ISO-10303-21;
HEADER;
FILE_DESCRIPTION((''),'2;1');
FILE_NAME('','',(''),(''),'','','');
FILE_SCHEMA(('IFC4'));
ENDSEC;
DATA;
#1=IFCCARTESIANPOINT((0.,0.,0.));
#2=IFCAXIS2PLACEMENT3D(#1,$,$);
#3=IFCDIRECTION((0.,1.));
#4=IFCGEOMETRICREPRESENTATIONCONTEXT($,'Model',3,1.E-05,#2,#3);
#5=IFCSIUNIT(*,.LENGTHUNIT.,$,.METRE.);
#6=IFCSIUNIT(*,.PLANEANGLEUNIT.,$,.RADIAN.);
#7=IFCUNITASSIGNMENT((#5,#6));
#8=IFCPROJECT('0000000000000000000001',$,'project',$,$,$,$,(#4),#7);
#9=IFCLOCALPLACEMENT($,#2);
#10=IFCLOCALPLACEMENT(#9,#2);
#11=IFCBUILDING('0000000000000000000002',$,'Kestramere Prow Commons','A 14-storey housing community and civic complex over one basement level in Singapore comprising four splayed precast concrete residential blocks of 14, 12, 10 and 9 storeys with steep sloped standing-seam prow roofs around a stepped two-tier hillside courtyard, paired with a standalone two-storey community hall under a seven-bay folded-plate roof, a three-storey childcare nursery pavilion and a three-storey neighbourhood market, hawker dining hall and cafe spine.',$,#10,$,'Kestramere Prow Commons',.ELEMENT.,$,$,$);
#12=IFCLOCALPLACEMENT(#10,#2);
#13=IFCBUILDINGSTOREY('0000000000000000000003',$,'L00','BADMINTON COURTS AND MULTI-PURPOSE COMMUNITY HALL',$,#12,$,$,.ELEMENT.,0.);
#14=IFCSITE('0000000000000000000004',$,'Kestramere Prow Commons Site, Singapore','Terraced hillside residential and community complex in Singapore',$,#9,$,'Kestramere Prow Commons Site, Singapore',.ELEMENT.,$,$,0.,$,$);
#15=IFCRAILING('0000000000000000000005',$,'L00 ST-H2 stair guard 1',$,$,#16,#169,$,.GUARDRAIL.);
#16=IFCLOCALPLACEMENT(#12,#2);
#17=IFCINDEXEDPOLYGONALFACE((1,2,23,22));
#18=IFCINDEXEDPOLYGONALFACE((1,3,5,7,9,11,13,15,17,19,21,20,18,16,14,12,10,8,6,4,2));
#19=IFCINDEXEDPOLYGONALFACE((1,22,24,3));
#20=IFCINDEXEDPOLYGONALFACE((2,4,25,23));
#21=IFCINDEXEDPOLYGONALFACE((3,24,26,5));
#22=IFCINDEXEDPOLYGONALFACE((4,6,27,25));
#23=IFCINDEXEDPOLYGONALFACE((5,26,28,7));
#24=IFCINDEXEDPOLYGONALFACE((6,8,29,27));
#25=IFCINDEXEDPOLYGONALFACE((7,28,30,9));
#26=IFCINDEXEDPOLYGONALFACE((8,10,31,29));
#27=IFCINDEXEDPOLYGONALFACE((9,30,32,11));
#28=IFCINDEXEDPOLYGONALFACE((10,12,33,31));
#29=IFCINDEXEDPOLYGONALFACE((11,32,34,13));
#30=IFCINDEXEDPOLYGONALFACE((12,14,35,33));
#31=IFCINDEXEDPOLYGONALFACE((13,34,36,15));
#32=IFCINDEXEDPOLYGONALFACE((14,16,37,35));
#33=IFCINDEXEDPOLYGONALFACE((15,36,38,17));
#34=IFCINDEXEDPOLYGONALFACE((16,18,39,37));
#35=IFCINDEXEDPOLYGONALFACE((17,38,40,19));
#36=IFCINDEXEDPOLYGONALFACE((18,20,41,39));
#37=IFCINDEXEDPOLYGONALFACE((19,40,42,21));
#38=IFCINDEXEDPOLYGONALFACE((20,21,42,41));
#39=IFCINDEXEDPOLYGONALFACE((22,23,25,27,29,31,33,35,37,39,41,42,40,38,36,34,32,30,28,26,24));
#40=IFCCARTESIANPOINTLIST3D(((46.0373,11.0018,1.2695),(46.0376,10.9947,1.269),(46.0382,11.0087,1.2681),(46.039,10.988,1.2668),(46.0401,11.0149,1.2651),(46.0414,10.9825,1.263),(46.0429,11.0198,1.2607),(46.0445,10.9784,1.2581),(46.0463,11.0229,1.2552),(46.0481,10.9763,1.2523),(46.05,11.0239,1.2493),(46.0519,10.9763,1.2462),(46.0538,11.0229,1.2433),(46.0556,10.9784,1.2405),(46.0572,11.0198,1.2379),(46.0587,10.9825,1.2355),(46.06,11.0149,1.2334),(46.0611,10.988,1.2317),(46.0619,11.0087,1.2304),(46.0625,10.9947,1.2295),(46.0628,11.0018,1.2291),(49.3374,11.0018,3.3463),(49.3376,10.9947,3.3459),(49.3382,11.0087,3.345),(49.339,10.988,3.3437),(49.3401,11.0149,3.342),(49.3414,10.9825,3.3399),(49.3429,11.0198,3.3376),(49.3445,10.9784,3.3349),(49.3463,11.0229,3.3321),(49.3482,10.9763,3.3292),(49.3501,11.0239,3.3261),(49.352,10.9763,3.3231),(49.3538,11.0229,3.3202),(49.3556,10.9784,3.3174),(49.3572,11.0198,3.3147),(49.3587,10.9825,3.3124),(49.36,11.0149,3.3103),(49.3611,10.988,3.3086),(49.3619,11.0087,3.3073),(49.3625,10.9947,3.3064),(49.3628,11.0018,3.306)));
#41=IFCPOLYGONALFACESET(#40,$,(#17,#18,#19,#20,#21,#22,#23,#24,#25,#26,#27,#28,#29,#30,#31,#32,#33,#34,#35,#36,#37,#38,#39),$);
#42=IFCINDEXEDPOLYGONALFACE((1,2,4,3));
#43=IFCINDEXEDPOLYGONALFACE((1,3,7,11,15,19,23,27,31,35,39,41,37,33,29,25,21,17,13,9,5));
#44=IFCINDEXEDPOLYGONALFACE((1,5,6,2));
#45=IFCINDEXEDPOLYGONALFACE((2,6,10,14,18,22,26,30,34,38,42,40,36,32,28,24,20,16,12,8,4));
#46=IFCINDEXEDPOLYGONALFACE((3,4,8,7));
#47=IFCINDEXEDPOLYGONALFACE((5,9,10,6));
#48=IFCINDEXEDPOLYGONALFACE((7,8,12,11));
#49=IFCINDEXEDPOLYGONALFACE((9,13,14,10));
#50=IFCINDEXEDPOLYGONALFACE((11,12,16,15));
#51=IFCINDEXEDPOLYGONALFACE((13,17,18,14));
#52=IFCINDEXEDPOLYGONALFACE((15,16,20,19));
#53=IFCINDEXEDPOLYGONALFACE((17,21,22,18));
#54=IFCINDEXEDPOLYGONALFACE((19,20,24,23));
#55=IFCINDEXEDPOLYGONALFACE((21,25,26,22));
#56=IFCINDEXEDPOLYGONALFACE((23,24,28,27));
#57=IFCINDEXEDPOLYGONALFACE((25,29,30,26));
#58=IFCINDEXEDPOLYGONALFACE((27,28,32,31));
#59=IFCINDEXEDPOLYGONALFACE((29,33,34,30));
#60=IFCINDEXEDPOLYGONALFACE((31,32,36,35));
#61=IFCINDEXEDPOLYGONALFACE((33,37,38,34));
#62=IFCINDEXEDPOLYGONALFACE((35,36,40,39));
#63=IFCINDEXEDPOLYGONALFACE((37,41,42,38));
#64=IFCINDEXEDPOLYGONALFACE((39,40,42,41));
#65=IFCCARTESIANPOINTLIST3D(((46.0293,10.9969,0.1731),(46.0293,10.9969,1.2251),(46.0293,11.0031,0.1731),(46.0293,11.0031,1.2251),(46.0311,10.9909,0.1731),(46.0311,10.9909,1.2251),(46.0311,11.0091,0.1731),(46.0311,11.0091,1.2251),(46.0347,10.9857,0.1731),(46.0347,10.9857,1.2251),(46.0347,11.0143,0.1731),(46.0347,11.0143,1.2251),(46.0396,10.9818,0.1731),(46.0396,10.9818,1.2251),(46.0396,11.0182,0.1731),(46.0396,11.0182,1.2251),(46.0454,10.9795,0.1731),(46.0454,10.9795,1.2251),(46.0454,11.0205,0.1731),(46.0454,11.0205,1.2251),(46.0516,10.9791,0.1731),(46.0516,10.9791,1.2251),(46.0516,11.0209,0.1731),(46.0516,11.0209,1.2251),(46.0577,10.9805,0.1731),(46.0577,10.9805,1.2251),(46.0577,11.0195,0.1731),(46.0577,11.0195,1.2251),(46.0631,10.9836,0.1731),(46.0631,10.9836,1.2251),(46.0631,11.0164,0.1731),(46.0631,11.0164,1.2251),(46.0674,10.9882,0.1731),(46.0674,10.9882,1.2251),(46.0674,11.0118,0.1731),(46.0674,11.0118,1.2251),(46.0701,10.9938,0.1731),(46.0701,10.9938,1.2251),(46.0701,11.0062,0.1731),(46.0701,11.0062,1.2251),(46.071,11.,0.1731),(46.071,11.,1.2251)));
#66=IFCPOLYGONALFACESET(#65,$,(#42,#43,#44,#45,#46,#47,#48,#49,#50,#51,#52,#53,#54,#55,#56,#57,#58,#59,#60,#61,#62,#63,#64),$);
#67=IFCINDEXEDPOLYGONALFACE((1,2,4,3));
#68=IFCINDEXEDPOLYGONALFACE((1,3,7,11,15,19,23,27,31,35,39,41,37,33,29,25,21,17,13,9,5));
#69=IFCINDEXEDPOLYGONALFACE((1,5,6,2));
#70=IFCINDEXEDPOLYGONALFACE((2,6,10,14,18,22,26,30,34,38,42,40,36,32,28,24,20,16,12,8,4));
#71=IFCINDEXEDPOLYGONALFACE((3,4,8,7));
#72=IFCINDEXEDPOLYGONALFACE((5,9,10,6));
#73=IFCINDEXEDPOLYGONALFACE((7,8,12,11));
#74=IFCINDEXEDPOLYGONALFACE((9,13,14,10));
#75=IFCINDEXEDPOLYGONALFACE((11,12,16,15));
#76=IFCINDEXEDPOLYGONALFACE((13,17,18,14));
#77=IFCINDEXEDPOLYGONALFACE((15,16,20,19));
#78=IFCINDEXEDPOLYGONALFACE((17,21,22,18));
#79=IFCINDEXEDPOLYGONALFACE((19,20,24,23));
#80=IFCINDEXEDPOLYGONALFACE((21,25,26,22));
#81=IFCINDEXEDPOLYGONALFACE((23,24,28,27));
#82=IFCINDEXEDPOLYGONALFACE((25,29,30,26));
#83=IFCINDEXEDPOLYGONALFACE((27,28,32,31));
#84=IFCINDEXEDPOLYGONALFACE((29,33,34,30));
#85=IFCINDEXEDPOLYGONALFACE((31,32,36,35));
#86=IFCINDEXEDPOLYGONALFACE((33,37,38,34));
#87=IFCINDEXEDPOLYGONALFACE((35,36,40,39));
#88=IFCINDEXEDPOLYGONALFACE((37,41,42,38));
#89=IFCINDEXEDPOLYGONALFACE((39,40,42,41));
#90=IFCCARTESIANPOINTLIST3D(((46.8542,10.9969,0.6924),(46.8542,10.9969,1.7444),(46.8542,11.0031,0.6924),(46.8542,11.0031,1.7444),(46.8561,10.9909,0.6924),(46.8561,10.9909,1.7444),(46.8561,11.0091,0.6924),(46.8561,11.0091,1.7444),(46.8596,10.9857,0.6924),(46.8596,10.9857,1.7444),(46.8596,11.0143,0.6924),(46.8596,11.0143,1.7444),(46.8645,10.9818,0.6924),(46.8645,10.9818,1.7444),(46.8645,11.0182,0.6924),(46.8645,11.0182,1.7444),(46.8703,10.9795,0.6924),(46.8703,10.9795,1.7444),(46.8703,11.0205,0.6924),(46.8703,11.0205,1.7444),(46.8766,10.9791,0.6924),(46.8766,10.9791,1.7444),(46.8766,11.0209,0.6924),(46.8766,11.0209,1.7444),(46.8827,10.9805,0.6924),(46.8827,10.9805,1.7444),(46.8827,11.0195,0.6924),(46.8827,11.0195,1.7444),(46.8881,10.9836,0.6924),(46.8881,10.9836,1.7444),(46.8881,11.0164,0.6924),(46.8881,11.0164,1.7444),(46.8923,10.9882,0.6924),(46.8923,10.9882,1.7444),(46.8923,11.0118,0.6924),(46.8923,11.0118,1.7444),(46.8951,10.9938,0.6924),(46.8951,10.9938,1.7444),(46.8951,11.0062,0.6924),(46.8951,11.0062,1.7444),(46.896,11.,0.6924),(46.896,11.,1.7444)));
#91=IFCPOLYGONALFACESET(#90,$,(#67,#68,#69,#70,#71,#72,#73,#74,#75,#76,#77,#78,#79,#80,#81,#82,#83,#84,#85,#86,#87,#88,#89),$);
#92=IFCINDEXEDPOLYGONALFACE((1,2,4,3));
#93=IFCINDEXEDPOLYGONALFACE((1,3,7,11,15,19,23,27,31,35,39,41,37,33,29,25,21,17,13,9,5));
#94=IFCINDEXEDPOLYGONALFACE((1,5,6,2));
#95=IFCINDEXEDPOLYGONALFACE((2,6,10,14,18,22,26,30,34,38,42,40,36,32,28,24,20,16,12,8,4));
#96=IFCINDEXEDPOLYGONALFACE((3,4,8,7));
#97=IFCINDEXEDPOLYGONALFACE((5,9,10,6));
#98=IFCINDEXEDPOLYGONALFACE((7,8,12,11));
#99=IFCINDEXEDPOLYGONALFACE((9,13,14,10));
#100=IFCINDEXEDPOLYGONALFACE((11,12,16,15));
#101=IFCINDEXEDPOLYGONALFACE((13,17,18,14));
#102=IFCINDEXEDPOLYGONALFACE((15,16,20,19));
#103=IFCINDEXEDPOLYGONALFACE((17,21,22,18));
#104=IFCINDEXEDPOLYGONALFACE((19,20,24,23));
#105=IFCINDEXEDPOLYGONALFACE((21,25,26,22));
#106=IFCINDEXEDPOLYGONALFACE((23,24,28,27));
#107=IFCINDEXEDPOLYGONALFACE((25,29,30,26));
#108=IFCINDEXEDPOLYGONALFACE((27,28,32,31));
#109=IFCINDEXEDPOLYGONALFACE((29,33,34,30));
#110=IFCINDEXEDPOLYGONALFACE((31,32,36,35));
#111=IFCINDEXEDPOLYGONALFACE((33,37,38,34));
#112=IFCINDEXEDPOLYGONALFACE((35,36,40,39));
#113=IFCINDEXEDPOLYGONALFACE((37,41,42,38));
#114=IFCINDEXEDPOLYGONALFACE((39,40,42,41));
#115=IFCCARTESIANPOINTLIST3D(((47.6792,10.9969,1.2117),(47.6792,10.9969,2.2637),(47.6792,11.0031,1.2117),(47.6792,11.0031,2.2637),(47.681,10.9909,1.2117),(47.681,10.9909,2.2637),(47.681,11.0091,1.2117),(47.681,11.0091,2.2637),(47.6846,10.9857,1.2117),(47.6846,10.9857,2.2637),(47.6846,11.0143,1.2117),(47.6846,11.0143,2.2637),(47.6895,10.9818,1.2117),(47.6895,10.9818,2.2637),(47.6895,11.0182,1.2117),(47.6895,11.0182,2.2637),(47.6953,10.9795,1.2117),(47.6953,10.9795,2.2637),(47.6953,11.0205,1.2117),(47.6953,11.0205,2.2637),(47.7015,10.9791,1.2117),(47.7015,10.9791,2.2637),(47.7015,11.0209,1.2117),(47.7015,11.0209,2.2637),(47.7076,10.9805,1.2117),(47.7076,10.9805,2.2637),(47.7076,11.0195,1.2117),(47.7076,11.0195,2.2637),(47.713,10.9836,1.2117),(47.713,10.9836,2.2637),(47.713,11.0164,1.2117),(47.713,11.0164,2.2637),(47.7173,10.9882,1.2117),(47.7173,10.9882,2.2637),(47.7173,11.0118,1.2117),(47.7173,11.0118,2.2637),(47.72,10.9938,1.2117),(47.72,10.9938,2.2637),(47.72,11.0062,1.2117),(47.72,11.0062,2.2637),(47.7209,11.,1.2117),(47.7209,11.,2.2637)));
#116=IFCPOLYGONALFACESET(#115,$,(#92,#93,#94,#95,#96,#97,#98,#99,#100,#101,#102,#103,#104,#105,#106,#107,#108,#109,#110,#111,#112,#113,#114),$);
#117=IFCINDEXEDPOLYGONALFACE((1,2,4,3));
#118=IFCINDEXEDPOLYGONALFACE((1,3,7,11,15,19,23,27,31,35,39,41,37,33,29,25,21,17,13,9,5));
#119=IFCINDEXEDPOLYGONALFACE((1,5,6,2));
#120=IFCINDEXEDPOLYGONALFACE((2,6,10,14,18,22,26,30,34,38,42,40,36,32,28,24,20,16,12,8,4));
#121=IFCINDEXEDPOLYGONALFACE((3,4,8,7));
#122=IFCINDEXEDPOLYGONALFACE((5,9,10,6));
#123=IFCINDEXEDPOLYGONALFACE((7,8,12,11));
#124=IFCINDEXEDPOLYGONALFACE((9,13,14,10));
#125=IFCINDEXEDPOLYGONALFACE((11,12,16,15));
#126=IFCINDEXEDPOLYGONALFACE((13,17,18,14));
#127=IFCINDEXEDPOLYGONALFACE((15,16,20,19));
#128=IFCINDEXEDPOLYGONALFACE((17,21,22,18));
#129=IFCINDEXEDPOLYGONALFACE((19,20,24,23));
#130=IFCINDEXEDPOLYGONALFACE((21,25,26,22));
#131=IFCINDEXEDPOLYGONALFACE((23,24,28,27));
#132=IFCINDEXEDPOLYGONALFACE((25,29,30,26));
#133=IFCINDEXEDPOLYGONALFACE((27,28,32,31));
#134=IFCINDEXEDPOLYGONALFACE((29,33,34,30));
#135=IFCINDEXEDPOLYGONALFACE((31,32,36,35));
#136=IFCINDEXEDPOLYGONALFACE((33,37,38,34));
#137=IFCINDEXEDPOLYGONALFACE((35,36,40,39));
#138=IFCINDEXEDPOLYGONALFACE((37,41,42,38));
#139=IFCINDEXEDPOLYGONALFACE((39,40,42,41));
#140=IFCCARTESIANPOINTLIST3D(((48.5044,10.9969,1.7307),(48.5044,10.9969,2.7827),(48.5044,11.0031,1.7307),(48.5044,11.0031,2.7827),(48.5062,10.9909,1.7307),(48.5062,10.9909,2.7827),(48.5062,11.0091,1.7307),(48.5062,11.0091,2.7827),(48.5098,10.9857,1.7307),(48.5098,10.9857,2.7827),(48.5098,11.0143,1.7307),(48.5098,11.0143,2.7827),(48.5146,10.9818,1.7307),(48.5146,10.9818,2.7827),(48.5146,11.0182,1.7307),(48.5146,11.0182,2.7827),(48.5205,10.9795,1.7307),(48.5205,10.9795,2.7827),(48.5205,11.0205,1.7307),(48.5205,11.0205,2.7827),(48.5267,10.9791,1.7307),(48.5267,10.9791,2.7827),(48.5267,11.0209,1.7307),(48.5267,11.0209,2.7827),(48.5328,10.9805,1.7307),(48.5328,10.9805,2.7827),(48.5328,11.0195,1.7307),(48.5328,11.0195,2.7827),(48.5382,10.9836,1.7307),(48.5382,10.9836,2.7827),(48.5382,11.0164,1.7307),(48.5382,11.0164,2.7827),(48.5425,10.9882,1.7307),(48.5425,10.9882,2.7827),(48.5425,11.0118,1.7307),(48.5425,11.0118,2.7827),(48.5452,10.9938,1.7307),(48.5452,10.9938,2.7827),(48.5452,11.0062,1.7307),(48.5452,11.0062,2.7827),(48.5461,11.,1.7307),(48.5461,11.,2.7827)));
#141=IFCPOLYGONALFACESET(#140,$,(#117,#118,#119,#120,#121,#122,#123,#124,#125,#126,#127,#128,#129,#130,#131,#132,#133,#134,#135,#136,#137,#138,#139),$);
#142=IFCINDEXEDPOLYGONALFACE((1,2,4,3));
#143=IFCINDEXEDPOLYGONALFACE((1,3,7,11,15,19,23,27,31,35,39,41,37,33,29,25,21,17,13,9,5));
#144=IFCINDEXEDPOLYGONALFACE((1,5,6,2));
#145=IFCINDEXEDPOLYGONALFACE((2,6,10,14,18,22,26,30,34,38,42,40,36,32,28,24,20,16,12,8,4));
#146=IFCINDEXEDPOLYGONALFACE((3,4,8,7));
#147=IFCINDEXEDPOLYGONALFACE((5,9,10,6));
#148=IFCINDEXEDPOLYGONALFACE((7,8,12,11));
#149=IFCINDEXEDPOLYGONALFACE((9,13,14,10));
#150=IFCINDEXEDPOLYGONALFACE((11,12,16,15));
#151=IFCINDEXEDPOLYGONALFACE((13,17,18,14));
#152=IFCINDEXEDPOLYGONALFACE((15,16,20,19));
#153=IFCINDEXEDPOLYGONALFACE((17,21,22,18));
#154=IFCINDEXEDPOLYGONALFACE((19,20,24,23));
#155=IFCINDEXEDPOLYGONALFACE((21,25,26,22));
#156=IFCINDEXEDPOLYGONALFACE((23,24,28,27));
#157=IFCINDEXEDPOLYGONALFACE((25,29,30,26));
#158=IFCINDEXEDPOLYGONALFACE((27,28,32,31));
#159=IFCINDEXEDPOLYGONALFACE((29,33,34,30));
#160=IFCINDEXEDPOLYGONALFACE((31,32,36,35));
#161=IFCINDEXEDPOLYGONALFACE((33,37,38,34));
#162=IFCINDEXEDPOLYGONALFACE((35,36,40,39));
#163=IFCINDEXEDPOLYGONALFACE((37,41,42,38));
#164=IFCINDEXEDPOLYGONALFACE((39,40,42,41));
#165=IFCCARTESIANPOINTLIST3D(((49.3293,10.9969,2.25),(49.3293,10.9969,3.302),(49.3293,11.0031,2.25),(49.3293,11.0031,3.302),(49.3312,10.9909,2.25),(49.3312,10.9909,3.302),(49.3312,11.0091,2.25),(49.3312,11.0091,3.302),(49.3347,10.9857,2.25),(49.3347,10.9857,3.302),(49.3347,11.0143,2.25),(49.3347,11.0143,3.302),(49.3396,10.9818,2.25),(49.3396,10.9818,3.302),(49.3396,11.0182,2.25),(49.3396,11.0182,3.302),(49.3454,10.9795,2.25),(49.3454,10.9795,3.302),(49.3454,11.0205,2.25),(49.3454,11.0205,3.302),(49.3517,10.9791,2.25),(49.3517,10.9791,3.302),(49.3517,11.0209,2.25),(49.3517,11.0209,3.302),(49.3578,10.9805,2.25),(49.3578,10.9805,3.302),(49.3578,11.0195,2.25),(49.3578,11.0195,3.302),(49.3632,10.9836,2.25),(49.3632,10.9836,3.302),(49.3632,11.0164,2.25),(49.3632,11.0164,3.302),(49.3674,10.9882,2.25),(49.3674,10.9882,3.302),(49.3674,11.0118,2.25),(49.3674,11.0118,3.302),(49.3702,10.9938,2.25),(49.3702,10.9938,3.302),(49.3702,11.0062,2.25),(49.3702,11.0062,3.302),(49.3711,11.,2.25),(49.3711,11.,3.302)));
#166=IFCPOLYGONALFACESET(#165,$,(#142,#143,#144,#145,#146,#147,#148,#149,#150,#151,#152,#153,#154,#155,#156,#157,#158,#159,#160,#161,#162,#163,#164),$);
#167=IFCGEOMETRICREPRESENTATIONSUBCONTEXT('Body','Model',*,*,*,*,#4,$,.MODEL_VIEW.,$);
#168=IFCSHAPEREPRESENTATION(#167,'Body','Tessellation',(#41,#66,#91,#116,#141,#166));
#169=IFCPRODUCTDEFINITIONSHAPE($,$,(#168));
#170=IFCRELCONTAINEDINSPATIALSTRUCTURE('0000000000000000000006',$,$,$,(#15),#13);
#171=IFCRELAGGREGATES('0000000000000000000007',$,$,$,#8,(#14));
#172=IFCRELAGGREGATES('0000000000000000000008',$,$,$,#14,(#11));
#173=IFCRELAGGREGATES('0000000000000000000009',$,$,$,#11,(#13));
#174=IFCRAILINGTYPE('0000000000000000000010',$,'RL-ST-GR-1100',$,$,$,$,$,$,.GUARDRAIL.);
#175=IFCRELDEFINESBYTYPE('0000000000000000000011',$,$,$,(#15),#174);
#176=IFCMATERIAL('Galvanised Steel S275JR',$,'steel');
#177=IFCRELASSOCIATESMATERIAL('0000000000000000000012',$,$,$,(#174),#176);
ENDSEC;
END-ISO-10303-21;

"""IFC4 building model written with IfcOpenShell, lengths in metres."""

from ifc_helpers import new_model, si_unit, direction, frame, origin, origin_2d, place, context, subcontext, project, spatial, circle, extrude, material, type_object, element, save


model = new_model("IFC4")

# Units and contexts
model_context = context("Model", 3, precision=1e-05, world=origin(), true_north=direction((0.0, 1.0)))
body_context = subcontext(model_context, "Body", "Model", "MODEL_VIEW")
ifc_project = project(units=[si_unit("LENGTHUNIT", "METRE"), si_unit("PLANEANGLEUNIT", "RADIAN")], contexts=[model_context])

# Site, building, storey
site_placement = place(None, origin())
site = spatial("IfcSite", under=ifc_project, at=site_placement, Name="Kestramere Prow Commons Site, Singapore", Description="Terraced hillside residential and community complex in Singapore", LongName="Kestramere Prow Commons Site, Singapore", CompositionType="ELEMENT", RefElevation=0.0)
building_placement = place(site_placement, origin())
building = spatial("IfcBuilding", under=site, at=building_placement, Name="Kestramere Prow Commons", Description="A 14-storey housing community and civic complex over one basement level in Singapore comprising four splayed precast concrete residential blocks of 14, 12, 10 and 9 storeys with steep sloped standing-seam prow roofs around a stepped two-tier hillside courtyard, paired with a standalone two-storey community hall under a seven-bay folded-plate roof, a three-storey childcare nursery pavilion and a three-storey neighbourhood market, hawker dining hall and cafe spine.", LongName="Kestramere Prow Commons", CompositionType="ELEMENT")
storey_placement = place(building_placement, origin())
storey = spatial("IfcBuildingStorey", under=building, at=storey_placement, Name="L00", Description="BADMINTON COURTS AND MULTI-PURPOSE COMMUNITY HALL", CompositionType="ELEMENT", Elevation=0.0)

# Railing
ifc_material_1 = material(Name="Galvanised Steel S275JR", Category="steel")
railing_type_1 = type_object("IfcRailingType", Name="RL-ST-GR-1100", PredefinedType="GUARDRAIL", material=ifc_material_1)
railing_1_placement = place(storey_placement, frame((46.05, 11.0, 0.1731)))
element("IfcRailing", 1, at=railing_1_placement, inside=storey, type_object=railing_type_1, Name="L00 ST-H2 stair guard 1", PredefinedType="GUARDRAIL", context=body_context, shape_type="SweptSolid", body=[
    extrude(circle(Radius=0.0239, at=origin_2d()), frame((0.0, 0.0, 1.0762), z_axis=(0.846337, 0.0, 0.532647), x_axis=(0.0, 1.0, 0.0)), (0.0, 0.0, 1.0), 3.8992),
    extrude(circle(Radius=0.021, at=origin_2d()), origin(), (0.0, 0.0, 1.0), 1.052),
    extrude(circle(Radius=0.021, at=origin_2d()), frame((0.825, 0.0, 0.5193)), (0.0, 0.0, 1.0), 1.052),
    extrude(circle(Radius=0.021, at=origin_2d()), frame((1.6499, 0.0, 1.0386)), (0.0, 0.0, 1.0), 1.052),
    extrude(circle(Radius=0.021, at=origin_2d()), frame((2.4751, 0.0, 1.5576)), (0.0, 0.0, 1.0), 1.052),
    extrude(circle(Radius=0.021, at=origin_2d()), frame((3.3, 0.0, 2.0769)), (0.0, 0.0, 1.0), 1.052),
])

save(model, "model.ifc")
